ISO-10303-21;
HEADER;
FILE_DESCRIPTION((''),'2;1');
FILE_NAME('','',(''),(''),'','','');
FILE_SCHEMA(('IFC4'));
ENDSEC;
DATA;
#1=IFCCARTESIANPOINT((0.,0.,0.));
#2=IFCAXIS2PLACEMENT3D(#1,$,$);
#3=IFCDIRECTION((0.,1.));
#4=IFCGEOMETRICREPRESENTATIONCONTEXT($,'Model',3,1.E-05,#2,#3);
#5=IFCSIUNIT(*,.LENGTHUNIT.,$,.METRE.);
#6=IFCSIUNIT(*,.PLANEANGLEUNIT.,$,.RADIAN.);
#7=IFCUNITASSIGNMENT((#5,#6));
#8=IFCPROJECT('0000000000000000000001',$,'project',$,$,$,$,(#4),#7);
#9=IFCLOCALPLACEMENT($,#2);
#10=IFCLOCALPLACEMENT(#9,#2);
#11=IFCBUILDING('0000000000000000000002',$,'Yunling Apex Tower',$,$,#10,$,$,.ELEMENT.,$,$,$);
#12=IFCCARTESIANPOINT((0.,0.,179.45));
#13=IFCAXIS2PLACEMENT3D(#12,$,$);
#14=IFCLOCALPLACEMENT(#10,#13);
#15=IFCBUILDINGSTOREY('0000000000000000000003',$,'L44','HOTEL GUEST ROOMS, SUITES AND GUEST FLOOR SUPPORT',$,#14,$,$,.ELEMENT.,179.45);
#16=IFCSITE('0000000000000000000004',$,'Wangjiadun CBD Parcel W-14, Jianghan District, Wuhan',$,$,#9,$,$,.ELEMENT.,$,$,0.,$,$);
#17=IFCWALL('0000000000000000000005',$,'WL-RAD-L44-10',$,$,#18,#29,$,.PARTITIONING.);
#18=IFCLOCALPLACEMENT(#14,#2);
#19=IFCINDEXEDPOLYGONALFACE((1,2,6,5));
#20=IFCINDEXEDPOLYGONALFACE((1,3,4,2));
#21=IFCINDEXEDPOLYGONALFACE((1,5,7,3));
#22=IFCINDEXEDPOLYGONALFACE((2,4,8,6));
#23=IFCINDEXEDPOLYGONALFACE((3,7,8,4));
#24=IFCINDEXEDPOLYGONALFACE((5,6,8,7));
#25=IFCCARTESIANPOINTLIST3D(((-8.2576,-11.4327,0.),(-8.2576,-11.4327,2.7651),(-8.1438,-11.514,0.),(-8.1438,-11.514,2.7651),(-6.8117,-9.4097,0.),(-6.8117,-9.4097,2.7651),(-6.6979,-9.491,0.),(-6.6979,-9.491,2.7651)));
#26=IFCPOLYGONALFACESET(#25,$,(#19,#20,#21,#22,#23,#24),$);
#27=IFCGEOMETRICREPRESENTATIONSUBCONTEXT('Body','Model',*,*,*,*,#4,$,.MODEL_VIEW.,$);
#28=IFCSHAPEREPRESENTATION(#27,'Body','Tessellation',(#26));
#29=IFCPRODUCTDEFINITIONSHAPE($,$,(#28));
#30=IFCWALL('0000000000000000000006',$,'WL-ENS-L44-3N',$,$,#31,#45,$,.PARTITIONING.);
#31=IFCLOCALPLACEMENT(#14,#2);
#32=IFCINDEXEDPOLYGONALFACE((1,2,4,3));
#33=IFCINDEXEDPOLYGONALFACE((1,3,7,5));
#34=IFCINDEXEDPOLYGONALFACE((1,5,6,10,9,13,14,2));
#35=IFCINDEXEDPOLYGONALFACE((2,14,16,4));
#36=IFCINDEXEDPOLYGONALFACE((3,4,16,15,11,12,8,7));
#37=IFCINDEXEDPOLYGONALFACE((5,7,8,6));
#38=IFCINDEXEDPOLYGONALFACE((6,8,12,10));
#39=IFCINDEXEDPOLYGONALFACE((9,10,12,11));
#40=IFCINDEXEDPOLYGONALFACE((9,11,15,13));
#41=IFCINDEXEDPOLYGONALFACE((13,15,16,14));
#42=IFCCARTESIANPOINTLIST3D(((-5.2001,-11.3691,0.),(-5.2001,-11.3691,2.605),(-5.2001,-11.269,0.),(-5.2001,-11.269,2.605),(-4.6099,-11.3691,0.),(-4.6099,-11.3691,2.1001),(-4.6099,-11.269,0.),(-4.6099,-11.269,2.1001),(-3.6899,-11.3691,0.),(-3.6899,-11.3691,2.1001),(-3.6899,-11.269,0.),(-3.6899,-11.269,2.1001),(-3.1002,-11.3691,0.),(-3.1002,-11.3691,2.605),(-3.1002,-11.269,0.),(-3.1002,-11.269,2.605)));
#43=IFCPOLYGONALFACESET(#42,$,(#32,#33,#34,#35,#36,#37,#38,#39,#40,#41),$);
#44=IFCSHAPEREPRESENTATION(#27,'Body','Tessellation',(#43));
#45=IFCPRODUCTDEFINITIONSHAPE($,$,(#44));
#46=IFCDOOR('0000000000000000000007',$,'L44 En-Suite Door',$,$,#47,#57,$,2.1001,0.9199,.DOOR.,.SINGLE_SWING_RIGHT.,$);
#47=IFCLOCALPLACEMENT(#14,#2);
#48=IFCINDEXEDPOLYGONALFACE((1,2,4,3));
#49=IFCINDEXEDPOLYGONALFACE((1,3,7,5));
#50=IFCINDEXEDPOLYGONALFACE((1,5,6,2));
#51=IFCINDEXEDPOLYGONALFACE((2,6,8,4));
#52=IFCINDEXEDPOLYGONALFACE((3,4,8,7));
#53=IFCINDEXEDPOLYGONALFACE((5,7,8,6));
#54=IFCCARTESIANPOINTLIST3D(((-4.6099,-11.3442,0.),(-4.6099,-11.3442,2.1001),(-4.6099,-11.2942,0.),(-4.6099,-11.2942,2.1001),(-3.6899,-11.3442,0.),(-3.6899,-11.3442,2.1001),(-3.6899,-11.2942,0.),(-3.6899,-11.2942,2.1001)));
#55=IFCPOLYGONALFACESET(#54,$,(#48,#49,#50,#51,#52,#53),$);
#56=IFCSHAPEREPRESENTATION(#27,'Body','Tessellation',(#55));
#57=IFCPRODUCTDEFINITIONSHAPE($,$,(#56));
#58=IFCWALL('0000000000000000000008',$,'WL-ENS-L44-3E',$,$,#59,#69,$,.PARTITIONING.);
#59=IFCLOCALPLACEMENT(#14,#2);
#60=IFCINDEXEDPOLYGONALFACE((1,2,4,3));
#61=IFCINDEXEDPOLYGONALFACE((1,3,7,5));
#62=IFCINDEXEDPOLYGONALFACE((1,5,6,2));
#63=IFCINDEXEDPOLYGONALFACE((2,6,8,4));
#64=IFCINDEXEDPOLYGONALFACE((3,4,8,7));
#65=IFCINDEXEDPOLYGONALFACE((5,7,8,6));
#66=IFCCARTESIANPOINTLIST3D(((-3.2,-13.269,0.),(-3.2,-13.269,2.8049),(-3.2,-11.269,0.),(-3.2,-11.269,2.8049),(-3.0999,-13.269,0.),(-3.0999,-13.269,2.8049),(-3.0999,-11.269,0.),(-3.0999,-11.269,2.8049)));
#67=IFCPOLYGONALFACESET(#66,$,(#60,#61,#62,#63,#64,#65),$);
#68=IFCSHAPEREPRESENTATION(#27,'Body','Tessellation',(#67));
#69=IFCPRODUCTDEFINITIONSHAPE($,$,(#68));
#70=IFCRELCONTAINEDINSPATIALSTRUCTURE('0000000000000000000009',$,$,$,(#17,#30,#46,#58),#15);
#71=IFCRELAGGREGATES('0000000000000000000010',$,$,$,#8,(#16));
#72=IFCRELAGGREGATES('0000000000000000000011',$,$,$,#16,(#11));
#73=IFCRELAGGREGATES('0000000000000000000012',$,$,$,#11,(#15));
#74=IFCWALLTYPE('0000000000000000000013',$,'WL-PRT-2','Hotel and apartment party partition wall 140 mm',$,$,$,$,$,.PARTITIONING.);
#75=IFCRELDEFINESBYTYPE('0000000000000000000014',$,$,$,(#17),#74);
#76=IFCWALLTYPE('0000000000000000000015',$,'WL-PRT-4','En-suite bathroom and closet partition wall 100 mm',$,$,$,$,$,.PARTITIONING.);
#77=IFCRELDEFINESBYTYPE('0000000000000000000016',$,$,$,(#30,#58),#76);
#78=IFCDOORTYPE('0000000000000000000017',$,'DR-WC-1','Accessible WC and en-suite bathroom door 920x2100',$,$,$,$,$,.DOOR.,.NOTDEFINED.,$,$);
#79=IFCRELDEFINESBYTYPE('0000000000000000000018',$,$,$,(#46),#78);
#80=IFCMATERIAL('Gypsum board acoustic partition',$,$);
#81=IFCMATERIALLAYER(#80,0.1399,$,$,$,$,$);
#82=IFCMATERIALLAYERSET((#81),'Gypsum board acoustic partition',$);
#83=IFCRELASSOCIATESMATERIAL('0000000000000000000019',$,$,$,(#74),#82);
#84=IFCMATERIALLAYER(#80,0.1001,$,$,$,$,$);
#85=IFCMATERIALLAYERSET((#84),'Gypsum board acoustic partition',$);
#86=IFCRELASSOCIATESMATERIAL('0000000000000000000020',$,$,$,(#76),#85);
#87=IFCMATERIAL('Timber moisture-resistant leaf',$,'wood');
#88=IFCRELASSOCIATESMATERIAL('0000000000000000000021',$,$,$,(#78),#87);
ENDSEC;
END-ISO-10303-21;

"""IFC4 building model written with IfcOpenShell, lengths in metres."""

from ifc_helpers import new_model, si_unit, direction, frame, frame_2d, origin, place, context, subcontext, project, spatial, rectangle, extrude, material, layer, layer_set, type_object, element, fill, save


model = new_model("IFC4")

# Units and contexts
model_context = context("Model", 3, precision=1e-05, world=origin(), true_north=direction((0.0, 1.0)))
body_context = subcontext(model_context, "Body", "Model", "MODEL_VIEW")
ifc_project = project(units=[si_unit("LENGTHUNIT", "METRE"), si_unit("PLANEANGLEUNIT", "RADIAN")], contexts=[model_context])

# Site, building, storey
site_placement = place(None, origin())
site = spatial("IfcSite", under=ifc_project, at=site_placement, Name="Wangjiadun CBD Parcel W-14, Jianghan District, Wuhan", CompositionType="ELEMENT", RefElevation=0.0)
building_placement = place(site_placement, origin())
building = spatial("IfcBuilding", under=site, at=building_placement, Name="Yunling Apex Tower", CompositionType="ELEMENT")
storey_placement = place(building_placement, frame((0.0, 0.0, 179.45)))
storey = spatial("IfcBuildingStorey", under=building, at=storey_placement, Name="L44", Description="HOTEL GUEST ROOMS, SUITES AND GUEST FLOOR SUPPORT", CompositionType="ELEMENT", Elevation=179.45)

# Shared definitions
ifc_material_1 = material(Name="Gypsum board acoustic partition")

# Wall
ifc_layer_1 = layer(ifc_material_1, 0.1399)
ifc_layer_set_1 = layer_set([ifc_layer_1], Name="Gypsum board acoustic partition")
wall_type_1 = type_object("IfcWallType", Name="WL-PRT-2", Description="Hotel and apartment party partition wall 140 mm", PredefinedType="PARTITIONING", material=ifc_layer_set_1)
wall_1_placement = place(storey_placement, frame((-6.7549, -9.4504, 0.0), z_axis=(0.0, 0.0, 1.0), x_axis=(-0.581461, -0.813574, 0.0)))
element("IfcWall", 1, at=wall_1_placement, inside=storey, type_object=wall_type_1, Name="WL-RAD-L44-10", PredefinedType="PARTITIONING", context=body_context, shape_type="SweptSolid", body=[
    extrude(rectangle(XDim=2.4866, YDim=0.1399, at=frame_2d((1.2432, 0.0))), origin(), (0.0, 0.0, 1.0), 2.7651),
])

# Wall, opening, door
ifc_layer_2 = layer(ifc_material_1, 0.1001)
ifc_layer_set_2 = layer_set([ifc_layer_2], Name="Gypsum board acoustic partition")
wall_type_2 = type_object("IfcWallType", Name="WL-PRT-4", Description="En-suite bathroom and closet partition wall 100 mm", PredefinedType="PARTITIONING", material=ifc_layer_set_2)
wall_2_placement = place(storey_placement, frame((-5.2, -11.3191, 0.0), z_axis=(0.0, 0.0, 1.0), x_axis=(1.0, 0.0, 0.0)))
wall_2 = element("IfcWall", 2, at=wall_2_placement, inside=storey, type_object=wall_type_2, Name="WL-ENS-L44-3N", PredefinedType="PARTITIONING", context=body_context, shape_type="SweptSolid", body=[
    extrude(rectangle(XDim=2.0999, YDim=0.1001, at=frame_2d((1.0498, 0.0))), origin(), (0.0, 0.0, 1.0), 2.605),
])
opening_1_placement = place(wall_2_placement, frame((0.5901, 0.0, 0.0)))
opening_1 = element("IfcOpeningElement", 3, at=opening_1_placement, cuts=wall_2, PredefinedType="OPENING", context=body_context, shape_type="SweptSolid", body=[
    extrude(rectangle(XDim=0.9199, YDim=2.1001, at=frame_2d((0.46, 1.05))), frame((0.0, 0.0601, 0.0), z_axis=(0.0, -1.0, 0.0), x_axis=(1.0, 0.0, 0.0)), (0.0, 0.0, 1.0), 0.1201),
])
ifc_material_2 = material(Name="Timber moisture-resistant leaf", Category="wood")
door_type_1 = type_object("IfcDoorType", Name="DR-WC-1", Description="Accessible WC and en-suite bathroom door 920x2100", OperationType="NOTDEFINED", PredefinedType="DOOR", material=ifc_material_2)
door_1_placement = place(opening_1_placement, origin())
door_1 = element("IfcDoor", 4, at=door_1_placement, inside=storey, type_object=door_type_1, Name="L44 En-Suite Door", OperationType="SINGLE_SWING_RIGHT", OverallHeight=2.1001, OverallWidth=0.9199, PredefinedType="DOOR", context=body_context, shape_type="SweptSolid", body=[
    extrude(rectangle(XDim=0.9199, YDim=2.1001, at=frame_2d((0.46, 1.05))), frame((0.0, 0.0249, 0.0), z_axis=(0.0, -1.0, 0.0), x_axis=(1.0, 0.0, 0.0)), (0.0, 0.0, 1.0), 0.05),
])
fill(opening_1, door_1)

# Wall
wall_3_placement = place(storey_placement, frame((-3.1499, -11.269, 0.0), z_axis=(0.0, 0.0, 1.0), x_axis=(0.0, -1.0, 0.0)))
element("IfcWall", 5, at=wall_3_placement, inside=storey, type_object=wall_type_2, Name="WL-ENS-L44-3E", PredefinedType="PARTITIONING", context=body_context, shape_type="SweptSolid", body=[
    extrude(rectangle(XDim=2.0, YDim=0.1001, at=frame_2d((1.0, 0.0))), origin(), (0.0, 0.0, 1.0), 2.8049),
])

save(model, "model.ifc")
